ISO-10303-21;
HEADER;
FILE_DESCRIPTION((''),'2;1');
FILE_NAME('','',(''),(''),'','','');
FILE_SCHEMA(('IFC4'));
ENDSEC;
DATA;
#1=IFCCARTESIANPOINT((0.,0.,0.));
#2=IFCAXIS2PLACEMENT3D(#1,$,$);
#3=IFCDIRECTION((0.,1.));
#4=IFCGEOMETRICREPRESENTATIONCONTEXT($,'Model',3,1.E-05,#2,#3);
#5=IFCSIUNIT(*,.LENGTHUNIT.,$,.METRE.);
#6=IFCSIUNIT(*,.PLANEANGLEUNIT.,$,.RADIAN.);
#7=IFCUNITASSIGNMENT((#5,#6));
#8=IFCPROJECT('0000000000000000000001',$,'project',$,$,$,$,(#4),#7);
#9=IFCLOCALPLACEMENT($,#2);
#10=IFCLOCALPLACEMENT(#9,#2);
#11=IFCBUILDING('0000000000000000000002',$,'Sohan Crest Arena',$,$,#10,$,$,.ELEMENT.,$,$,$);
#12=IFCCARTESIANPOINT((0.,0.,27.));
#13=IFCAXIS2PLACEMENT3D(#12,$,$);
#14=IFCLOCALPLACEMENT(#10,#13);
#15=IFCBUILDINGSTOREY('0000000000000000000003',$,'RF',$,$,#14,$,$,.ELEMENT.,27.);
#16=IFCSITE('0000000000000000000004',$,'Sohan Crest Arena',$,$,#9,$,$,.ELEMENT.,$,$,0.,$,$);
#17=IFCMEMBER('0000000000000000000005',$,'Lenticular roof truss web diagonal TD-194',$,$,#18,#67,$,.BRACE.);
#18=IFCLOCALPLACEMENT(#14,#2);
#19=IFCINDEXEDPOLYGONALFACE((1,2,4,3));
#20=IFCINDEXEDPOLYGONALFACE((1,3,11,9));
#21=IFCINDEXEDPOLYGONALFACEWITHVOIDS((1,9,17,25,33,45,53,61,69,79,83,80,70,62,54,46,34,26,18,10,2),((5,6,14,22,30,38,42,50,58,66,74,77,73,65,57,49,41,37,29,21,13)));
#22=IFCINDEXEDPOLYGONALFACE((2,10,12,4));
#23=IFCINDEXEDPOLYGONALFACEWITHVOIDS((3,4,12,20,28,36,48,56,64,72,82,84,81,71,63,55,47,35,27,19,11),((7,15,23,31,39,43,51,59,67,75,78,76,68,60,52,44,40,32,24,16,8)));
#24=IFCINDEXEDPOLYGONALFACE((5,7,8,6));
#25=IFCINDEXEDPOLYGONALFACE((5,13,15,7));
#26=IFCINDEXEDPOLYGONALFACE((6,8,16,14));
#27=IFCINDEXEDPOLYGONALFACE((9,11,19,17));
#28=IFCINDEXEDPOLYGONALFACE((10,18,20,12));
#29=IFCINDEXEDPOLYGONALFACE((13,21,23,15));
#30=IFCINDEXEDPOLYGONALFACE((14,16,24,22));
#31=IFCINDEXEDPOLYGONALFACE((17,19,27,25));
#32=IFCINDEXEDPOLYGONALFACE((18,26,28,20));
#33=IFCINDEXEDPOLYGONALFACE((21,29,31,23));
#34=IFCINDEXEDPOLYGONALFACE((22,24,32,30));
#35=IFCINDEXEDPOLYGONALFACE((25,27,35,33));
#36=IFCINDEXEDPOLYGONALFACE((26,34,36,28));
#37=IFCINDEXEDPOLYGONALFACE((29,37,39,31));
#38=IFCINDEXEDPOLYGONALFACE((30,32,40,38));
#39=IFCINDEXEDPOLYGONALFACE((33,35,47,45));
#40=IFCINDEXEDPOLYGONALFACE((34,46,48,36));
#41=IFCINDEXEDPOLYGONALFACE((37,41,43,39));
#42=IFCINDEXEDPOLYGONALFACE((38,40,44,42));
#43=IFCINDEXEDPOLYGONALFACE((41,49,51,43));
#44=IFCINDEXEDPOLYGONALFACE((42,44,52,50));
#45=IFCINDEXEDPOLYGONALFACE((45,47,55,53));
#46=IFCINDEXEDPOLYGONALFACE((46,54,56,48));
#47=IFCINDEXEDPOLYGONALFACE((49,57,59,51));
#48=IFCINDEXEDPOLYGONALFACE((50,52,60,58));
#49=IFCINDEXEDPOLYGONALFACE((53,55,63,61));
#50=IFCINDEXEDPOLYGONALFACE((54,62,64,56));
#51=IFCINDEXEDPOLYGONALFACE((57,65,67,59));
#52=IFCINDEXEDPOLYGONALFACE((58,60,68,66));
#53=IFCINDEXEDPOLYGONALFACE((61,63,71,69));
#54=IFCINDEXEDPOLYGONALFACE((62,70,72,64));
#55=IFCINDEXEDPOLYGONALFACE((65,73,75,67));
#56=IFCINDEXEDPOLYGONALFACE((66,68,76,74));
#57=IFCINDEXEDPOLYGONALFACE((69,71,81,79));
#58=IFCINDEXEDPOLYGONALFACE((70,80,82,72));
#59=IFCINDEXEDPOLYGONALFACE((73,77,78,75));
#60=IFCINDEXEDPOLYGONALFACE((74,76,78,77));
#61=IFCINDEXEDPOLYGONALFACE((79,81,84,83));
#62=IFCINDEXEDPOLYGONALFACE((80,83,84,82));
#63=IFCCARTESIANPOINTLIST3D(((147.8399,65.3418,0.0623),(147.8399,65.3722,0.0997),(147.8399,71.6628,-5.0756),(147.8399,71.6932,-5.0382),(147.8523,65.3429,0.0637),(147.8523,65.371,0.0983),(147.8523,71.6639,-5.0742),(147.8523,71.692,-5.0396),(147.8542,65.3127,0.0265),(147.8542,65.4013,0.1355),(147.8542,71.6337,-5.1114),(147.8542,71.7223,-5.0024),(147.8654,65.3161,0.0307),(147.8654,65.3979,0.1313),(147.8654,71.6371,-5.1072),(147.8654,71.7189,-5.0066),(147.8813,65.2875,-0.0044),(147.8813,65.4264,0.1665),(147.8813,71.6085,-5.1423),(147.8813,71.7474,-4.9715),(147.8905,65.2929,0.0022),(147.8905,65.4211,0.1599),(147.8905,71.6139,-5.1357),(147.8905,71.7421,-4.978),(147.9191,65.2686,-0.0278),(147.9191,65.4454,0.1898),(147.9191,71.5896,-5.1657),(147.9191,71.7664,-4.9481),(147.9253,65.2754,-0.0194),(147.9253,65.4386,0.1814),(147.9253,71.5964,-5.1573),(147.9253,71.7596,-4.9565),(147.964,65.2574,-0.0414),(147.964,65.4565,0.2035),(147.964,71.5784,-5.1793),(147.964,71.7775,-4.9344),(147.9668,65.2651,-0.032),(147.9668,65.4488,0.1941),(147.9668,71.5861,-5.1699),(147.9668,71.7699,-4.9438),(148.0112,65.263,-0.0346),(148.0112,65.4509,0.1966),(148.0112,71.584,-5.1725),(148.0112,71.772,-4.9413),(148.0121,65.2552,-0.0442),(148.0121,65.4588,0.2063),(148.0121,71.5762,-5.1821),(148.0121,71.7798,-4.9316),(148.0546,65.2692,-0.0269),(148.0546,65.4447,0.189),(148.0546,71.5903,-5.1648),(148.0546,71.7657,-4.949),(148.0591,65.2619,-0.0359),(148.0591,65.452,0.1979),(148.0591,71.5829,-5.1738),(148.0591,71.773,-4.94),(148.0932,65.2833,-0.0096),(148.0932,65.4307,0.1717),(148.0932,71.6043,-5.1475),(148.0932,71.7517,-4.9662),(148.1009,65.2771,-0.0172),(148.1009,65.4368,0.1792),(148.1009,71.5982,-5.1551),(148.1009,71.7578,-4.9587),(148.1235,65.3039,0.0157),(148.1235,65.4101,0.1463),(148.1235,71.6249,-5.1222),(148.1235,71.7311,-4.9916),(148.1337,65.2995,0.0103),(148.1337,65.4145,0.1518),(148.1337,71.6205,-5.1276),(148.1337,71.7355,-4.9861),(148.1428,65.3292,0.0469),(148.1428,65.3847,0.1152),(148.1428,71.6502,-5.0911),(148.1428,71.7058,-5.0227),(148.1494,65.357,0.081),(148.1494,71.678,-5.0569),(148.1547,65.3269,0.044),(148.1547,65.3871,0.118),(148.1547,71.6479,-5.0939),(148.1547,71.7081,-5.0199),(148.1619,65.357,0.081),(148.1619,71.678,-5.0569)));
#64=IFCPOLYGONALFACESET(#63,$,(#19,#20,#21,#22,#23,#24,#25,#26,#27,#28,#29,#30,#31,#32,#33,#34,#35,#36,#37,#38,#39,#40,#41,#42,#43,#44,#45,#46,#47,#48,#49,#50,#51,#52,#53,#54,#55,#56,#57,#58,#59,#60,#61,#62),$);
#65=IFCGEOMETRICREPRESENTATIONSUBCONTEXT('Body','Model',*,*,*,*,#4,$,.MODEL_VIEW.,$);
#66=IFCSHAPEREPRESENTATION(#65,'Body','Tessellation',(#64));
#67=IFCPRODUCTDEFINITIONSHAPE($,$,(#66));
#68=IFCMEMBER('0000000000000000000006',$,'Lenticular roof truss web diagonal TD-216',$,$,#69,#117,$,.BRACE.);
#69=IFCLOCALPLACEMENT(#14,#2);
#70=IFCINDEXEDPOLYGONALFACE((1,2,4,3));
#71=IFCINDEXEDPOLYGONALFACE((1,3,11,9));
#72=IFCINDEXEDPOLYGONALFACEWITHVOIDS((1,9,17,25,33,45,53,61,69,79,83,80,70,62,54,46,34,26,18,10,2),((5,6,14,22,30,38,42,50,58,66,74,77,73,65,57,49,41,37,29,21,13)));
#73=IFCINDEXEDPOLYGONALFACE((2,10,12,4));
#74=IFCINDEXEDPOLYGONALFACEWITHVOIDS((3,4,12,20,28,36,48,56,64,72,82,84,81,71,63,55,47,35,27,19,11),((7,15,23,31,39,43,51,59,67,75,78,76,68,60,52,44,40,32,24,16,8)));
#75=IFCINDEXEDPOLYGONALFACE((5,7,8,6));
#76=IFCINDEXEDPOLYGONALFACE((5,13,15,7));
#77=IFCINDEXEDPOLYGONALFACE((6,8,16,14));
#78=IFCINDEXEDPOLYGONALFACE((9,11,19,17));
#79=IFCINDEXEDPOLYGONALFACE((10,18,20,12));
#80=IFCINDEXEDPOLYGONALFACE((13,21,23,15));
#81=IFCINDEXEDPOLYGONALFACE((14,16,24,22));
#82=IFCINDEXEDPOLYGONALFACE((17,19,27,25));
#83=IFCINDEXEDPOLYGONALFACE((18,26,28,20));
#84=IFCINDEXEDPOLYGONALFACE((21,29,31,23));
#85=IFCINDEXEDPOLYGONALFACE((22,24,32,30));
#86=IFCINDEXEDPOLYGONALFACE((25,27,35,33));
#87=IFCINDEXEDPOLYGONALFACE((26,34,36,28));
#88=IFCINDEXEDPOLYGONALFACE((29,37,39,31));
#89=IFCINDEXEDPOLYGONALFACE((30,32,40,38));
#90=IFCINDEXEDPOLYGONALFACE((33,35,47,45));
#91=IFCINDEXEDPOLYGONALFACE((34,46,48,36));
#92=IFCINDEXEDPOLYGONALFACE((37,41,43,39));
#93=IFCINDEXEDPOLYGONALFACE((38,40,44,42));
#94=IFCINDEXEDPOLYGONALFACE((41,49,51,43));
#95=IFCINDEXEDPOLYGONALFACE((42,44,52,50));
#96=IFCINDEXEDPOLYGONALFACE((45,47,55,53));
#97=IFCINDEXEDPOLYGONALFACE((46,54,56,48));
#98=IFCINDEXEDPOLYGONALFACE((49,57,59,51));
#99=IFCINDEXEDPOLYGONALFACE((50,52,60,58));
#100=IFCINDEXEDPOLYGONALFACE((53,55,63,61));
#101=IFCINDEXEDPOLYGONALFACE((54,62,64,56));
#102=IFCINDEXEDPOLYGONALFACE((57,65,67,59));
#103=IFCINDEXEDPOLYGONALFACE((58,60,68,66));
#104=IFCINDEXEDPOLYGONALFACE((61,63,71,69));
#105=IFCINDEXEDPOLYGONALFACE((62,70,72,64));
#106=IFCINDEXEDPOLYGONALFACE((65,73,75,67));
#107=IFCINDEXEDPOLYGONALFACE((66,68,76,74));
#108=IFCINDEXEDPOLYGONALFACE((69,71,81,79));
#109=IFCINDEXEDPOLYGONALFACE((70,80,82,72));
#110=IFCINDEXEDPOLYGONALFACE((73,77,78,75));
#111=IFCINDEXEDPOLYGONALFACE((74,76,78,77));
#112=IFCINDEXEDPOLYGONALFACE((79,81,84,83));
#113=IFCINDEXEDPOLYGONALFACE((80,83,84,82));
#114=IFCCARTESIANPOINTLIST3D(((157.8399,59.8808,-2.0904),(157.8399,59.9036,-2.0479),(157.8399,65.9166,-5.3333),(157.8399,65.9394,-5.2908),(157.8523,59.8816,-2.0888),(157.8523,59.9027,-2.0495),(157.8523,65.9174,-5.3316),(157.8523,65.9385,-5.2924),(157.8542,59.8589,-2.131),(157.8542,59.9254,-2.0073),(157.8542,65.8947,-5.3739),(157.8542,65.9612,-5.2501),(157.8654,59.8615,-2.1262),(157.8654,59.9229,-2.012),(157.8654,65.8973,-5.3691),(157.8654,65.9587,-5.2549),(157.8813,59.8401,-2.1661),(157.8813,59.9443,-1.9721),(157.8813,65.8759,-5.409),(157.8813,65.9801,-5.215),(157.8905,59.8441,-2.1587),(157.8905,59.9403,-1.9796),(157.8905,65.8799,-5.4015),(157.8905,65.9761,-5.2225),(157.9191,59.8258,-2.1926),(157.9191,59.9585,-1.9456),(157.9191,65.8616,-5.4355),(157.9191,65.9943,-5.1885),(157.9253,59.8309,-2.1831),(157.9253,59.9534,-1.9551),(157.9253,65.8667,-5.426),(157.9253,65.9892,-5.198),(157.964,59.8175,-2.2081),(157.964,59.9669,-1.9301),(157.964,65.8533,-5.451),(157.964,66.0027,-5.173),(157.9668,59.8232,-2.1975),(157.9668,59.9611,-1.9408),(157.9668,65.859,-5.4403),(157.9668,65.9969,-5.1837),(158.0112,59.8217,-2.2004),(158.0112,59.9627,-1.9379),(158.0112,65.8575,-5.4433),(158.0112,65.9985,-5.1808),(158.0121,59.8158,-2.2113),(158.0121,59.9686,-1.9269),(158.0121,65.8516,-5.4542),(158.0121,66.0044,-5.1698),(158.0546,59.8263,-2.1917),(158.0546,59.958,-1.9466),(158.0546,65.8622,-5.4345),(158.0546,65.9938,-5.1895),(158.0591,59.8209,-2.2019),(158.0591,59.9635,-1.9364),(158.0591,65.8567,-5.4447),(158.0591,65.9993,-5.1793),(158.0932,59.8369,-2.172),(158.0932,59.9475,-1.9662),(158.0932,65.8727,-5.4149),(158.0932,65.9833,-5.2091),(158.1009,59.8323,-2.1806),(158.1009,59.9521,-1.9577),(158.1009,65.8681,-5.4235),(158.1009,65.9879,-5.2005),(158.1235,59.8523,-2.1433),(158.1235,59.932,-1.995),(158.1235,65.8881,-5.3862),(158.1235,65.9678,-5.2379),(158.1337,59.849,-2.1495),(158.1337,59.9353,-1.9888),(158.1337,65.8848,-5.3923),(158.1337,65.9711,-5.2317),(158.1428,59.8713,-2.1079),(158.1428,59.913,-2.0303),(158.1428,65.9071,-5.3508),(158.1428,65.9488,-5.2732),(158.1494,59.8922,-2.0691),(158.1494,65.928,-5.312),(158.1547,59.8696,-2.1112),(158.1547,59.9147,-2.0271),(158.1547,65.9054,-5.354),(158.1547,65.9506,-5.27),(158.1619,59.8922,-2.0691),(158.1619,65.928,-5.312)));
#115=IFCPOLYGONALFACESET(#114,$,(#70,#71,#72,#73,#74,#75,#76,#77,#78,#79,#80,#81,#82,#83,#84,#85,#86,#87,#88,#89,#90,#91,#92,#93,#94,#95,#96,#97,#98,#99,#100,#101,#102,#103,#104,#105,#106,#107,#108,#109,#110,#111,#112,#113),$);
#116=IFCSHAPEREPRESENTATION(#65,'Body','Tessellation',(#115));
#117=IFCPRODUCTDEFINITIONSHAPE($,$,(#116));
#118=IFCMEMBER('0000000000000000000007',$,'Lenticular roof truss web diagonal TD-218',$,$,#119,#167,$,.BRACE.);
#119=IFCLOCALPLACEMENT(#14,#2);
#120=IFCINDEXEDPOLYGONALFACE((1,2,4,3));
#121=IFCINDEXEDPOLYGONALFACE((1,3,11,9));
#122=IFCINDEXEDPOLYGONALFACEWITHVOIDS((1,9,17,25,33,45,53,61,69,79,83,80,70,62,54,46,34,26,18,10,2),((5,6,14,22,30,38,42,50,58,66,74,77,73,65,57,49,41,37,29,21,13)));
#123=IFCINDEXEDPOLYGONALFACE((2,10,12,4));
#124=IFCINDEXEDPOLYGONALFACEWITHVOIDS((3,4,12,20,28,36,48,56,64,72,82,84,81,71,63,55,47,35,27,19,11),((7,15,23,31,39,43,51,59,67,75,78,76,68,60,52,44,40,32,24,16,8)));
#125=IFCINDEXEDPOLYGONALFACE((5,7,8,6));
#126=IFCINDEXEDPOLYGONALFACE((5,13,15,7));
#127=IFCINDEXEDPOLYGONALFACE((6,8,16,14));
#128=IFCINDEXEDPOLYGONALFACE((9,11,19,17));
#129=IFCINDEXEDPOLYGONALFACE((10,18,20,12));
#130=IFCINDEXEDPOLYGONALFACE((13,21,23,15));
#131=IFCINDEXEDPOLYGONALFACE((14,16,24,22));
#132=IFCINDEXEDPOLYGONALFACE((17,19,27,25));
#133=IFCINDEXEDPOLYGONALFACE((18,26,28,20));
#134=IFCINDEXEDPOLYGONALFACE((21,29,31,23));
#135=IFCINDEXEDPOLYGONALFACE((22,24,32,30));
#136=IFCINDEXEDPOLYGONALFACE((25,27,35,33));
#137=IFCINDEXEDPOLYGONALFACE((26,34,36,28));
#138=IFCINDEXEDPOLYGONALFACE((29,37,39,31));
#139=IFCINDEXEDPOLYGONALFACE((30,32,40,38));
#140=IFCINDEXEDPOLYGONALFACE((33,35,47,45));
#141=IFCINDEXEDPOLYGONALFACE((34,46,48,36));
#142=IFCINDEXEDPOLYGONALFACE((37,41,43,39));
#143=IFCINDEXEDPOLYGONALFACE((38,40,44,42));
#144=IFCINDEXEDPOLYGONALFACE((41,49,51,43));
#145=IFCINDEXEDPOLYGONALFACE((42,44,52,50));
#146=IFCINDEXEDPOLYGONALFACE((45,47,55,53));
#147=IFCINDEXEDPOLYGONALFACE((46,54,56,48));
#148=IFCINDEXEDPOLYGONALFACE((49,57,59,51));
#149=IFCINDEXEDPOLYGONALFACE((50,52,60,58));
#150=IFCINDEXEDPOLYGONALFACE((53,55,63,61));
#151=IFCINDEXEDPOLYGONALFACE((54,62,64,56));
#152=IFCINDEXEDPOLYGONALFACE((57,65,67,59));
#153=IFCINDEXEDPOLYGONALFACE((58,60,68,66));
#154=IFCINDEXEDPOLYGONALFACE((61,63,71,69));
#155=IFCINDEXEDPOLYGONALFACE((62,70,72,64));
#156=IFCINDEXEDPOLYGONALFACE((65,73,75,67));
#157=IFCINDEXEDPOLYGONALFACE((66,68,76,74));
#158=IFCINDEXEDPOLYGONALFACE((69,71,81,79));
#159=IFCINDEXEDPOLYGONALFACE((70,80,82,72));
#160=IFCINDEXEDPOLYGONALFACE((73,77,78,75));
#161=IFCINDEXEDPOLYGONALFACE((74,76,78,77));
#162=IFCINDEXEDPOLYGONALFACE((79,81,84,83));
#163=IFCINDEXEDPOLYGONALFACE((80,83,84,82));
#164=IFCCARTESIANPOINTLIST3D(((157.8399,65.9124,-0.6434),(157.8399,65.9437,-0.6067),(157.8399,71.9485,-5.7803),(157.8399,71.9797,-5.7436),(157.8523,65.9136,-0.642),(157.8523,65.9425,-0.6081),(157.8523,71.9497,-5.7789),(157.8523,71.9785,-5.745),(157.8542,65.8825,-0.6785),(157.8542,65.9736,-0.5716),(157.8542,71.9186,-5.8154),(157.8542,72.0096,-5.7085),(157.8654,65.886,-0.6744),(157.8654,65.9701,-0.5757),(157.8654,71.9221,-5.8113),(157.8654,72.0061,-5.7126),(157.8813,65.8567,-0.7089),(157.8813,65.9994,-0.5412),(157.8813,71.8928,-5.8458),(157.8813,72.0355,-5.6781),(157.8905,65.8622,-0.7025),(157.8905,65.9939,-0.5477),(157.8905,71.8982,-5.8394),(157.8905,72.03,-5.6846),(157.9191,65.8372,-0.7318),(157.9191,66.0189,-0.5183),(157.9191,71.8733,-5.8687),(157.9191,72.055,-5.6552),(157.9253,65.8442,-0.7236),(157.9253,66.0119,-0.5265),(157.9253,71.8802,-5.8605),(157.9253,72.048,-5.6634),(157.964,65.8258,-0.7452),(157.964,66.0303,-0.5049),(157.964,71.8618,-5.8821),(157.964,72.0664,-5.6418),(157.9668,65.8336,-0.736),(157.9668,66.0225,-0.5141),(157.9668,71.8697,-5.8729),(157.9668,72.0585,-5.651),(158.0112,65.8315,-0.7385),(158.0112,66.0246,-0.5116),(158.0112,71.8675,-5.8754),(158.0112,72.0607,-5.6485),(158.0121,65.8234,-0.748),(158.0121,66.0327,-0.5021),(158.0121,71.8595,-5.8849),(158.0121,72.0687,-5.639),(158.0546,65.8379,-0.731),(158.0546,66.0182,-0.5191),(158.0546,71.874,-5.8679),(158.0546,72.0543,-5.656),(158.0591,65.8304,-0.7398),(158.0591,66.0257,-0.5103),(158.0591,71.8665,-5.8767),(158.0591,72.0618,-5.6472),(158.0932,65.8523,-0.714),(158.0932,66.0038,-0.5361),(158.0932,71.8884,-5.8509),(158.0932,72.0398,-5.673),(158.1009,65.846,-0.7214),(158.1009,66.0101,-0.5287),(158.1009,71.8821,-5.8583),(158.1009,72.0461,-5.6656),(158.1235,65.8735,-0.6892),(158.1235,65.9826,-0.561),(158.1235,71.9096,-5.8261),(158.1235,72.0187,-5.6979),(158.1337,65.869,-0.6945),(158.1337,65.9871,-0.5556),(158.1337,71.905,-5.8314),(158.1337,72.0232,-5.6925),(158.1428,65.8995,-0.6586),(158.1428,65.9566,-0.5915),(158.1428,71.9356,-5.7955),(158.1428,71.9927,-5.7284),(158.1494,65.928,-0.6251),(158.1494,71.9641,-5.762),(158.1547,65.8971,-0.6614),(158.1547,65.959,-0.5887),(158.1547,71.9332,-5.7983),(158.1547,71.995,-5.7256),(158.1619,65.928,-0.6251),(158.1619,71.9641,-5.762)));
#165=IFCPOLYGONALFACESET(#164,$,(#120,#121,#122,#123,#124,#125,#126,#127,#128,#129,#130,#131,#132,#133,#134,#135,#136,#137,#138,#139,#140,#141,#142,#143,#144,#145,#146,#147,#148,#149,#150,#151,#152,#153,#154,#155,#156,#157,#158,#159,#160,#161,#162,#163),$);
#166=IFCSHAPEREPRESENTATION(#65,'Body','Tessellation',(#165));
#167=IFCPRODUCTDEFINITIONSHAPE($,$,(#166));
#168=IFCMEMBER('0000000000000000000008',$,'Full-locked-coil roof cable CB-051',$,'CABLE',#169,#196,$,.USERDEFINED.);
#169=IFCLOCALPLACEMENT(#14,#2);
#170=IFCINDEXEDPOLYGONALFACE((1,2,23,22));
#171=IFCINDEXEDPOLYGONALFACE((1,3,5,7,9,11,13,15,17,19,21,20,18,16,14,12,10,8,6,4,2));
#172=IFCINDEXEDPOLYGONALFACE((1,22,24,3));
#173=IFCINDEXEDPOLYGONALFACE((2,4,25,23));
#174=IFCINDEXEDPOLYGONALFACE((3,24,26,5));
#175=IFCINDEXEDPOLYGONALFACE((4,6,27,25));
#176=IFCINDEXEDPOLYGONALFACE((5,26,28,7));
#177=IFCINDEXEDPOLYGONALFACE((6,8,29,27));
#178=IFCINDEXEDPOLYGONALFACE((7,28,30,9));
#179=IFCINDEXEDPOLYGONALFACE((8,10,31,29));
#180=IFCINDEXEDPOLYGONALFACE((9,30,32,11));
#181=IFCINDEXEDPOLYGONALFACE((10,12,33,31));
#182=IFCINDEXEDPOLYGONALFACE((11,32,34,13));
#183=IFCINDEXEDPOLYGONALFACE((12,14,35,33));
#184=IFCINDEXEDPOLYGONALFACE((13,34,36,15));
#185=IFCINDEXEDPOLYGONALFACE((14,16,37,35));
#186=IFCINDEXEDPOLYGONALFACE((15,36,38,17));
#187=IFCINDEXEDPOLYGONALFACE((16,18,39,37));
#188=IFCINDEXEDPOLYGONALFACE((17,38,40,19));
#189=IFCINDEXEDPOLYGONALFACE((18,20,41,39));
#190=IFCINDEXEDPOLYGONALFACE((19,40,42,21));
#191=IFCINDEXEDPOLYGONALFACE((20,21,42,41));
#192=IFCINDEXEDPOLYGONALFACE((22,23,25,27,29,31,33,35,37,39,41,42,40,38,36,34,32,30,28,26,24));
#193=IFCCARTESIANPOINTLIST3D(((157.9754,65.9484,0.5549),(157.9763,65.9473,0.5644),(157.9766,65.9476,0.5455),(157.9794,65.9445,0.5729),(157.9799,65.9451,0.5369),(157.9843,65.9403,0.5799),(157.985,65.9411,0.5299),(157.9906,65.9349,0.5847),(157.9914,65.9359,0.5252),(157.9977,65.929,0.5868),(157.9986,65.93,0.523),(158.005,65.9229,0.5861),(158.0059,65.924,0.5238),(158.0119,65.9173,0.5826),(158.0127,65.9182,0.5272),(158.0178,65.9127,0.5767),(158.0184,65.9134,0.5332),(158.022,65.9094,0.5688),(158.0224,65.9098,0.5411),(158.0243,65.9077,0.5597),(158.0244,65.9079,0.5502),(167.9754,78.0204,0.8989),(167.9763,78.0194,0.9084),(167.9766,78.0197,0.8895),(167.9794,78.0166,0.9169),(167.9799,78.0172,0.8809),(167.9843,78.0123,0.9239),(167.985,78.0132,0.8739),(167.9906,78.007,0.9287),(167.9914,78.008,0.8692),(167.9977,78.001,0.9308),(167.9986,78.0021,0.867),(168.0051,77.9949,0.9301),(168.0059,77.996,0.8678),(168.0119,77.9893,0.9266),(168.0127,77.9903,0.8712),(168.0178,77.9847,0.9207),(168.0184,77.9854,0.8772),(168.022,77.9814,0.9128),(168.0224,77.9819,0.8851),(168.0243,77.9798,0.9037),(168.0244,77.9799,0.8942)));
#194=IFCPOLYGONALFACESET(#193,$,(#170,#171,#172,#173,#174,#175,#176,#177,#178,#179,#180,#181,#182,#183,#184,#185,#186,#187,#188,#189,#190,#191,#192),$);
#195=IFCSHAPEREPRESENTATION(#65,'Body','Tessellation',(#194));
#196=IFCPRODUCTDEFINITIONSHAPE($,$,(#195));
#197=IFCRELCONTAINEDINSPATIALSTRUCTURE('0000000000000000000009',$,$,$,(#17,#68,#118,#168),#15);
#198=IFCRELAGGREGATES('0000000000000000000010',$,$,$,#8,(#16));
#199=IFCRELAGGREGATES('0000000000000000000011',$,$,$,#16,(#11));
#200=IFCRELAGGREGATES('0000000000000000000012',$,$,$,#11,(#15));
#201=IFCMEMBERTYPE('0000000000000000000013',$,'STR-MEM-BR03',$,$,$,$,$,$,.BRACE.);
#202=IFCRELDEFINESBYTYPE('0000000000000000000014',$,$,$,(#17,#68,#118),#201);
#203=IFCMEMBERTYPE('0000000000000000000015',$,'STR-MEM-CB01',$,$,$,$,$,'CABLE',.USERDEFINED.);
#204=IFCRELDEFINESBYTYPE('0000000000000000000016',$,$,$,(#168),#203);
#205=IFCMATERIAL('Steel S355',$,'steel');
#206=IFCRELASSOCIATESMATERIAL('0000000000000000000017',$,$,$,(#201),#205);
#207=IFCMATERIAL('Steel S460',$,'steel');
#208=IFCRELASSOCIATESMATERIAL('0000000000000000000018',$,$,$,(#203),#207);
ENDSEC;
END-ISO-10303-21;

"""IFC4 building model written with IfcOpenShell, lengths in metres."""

from ifc_helpers import new_model, si_unit, direction, frame, origin, origin_2d, place, context, subcontext, project, spatial, circle, hollow_circle, extrude, material, material_profile, profile_set, type_object, element, save


model = new_model("IFC4")

# Units and contexts
model_context = context("Model", 3, precision=1e-05, world=origin(), true_north=direction((0.0, 1.0)))
body_context = subcontext(model_context, "Body", "Model", "MODEL_VIEW")
ifc_project = project(units=[si_unit("LENGTHUNIT", "METRE"), si_unit("PLANEANGLEUNIT", "RADIAN")], contexts=[model_context])

# Site, building, storey
site_placement = place(None, origin())
site = spatial("IfcSite", under=ifc_project, at=site_placement, Name="Sohan Crest Arena", CompositionType="ELEMENT", RefElevation=0.0)
building_placement = place(site_placement, origin())
building = spatial("IfcBuilding", under=site, at=building_placement, Name="Sohan Crest Arena", CompositionType="ELEMENT")
storey_placement = place(building_placement, frame((0.0, 0.0, 27.0)))
storey = spatial("IfcBuildingStorey", under=building, at=storey_placement, Name="RF", CompositionType="ELEMENT", Elevation=27.0)

# Shared definitions
ifc_material_1 = material(Name="Steel S355", Category="steel")

# Members
ifc_material_profile_1 = material_profile(ifc_material_1, hollow_circle(Radius=0.1619, WallThickness=0.0125, at=origin_2d()), Name="CHS 323.9x12.5")
ifc_profile_set_1 = profile_set([ifc_material_profile_1], Name="Steel S355")
member_type_1 = type_object("IfcMemberType", Name="STR-MEM-BR03", PredefinedType="BRACE", material=ifc_profile_set_1)
member_1_placement = place(storey_placement, frame((148.0, 71.678, -5.0569), z_axis=(0.0, -0.775988, 0.630747), x_axis=(1.0, 0.0, 0.0)))
element("IfcMember", 1, at=member_1_placement, inside=storey, type_object=member_type_1, Name="Lenticular roof truss web diagonal TD-194", PredefinedType="BRACE", context=body_context, shape_type="SweptSolid", body=[
    extrude(hollow_circle(Radius=0.1619, WallThickness=0.0125, at=origin_2d()), origin(), (0.0, 0.0, 1.0), 8.1458),
])
member_2_placement = place(storey_placement, frame((158.0, 65.928, -5.312), z_axis=(0.0, -0.880908, 0.473288), x_axis=(1.0, 0.0, 0.0)))
element("IfcMember", 2, at=member_2_placement, inside=storey, type_object=member_type_1, Name="Lenticular roof truss web diagonal TD-216", PredefinedType="BRACE", context=body_context, shape_type="SweptSolid", body=[
    extrude(hollow_circle(Radius=0.1619, WallThickness=0.0125, at=origin_2d()), origin(), (0.0, 0.0, 1.0), 6.8518),
])
member_3_placement = place(storey_placement, frame((158.0, 71.9641, -5.762), z_axis=(0.0, -0.76155, 0.648106), x_axis=(1.0, 0.0, 0.0)))
element("IfcMember", 3, at=member_3_placement, inside=storey, type_object=member_type_1, Name="Lenticular roof truss web diagonal TD-218", PredefinedType="BRACE", context=body_context, shape_type="SweptSolid", body=[
    extrude(hollow_circle(Radius=0.1619, WallThickness=0.0125, at=origin_2d()), origin(), (0.0, 0.0, 1.0), 7.926),
])
ifc_material_2 = material(Name="Steel S460", Category="steel")
ifc_material_profile_2 = material_profile(ifc_material_2, circle(Radius=0.032, at=origin_2d()), Name="FLC D64")
ifc_profile_set_2 = profile_set([ifc_material_profile_2], Name="Steel S460")
member_type_2 = type_object("IfcMemberType", Name="STR-MEM-CB01", ElementType="CABLE", PredefinedType="USERDEFINED", material=ifc_profile_set_2)
member_4_placement = place(storey_placement, frame((158.0, 65.928, 0.5549), z_axis=(0.637769, 0.769916, 0.021939), x_axis=(-0.770101, 0.637922, 0.0)))
element("IfcMember", 4, at=member_4_placement, inside=storey, type_object=member_type_2, Name="Full-locked-coil roof cable CB-051", ObjectType="CABLE", PredefinedType="USERDEFINED", context=body_context, shape_type="SweptSolid", body=[
    extrude(circle(Radius=0.032, at=origin_2d()), origin(), (0.0, 0.0, 1.0), 15.6797),
])

save(model, "model.ifc")
